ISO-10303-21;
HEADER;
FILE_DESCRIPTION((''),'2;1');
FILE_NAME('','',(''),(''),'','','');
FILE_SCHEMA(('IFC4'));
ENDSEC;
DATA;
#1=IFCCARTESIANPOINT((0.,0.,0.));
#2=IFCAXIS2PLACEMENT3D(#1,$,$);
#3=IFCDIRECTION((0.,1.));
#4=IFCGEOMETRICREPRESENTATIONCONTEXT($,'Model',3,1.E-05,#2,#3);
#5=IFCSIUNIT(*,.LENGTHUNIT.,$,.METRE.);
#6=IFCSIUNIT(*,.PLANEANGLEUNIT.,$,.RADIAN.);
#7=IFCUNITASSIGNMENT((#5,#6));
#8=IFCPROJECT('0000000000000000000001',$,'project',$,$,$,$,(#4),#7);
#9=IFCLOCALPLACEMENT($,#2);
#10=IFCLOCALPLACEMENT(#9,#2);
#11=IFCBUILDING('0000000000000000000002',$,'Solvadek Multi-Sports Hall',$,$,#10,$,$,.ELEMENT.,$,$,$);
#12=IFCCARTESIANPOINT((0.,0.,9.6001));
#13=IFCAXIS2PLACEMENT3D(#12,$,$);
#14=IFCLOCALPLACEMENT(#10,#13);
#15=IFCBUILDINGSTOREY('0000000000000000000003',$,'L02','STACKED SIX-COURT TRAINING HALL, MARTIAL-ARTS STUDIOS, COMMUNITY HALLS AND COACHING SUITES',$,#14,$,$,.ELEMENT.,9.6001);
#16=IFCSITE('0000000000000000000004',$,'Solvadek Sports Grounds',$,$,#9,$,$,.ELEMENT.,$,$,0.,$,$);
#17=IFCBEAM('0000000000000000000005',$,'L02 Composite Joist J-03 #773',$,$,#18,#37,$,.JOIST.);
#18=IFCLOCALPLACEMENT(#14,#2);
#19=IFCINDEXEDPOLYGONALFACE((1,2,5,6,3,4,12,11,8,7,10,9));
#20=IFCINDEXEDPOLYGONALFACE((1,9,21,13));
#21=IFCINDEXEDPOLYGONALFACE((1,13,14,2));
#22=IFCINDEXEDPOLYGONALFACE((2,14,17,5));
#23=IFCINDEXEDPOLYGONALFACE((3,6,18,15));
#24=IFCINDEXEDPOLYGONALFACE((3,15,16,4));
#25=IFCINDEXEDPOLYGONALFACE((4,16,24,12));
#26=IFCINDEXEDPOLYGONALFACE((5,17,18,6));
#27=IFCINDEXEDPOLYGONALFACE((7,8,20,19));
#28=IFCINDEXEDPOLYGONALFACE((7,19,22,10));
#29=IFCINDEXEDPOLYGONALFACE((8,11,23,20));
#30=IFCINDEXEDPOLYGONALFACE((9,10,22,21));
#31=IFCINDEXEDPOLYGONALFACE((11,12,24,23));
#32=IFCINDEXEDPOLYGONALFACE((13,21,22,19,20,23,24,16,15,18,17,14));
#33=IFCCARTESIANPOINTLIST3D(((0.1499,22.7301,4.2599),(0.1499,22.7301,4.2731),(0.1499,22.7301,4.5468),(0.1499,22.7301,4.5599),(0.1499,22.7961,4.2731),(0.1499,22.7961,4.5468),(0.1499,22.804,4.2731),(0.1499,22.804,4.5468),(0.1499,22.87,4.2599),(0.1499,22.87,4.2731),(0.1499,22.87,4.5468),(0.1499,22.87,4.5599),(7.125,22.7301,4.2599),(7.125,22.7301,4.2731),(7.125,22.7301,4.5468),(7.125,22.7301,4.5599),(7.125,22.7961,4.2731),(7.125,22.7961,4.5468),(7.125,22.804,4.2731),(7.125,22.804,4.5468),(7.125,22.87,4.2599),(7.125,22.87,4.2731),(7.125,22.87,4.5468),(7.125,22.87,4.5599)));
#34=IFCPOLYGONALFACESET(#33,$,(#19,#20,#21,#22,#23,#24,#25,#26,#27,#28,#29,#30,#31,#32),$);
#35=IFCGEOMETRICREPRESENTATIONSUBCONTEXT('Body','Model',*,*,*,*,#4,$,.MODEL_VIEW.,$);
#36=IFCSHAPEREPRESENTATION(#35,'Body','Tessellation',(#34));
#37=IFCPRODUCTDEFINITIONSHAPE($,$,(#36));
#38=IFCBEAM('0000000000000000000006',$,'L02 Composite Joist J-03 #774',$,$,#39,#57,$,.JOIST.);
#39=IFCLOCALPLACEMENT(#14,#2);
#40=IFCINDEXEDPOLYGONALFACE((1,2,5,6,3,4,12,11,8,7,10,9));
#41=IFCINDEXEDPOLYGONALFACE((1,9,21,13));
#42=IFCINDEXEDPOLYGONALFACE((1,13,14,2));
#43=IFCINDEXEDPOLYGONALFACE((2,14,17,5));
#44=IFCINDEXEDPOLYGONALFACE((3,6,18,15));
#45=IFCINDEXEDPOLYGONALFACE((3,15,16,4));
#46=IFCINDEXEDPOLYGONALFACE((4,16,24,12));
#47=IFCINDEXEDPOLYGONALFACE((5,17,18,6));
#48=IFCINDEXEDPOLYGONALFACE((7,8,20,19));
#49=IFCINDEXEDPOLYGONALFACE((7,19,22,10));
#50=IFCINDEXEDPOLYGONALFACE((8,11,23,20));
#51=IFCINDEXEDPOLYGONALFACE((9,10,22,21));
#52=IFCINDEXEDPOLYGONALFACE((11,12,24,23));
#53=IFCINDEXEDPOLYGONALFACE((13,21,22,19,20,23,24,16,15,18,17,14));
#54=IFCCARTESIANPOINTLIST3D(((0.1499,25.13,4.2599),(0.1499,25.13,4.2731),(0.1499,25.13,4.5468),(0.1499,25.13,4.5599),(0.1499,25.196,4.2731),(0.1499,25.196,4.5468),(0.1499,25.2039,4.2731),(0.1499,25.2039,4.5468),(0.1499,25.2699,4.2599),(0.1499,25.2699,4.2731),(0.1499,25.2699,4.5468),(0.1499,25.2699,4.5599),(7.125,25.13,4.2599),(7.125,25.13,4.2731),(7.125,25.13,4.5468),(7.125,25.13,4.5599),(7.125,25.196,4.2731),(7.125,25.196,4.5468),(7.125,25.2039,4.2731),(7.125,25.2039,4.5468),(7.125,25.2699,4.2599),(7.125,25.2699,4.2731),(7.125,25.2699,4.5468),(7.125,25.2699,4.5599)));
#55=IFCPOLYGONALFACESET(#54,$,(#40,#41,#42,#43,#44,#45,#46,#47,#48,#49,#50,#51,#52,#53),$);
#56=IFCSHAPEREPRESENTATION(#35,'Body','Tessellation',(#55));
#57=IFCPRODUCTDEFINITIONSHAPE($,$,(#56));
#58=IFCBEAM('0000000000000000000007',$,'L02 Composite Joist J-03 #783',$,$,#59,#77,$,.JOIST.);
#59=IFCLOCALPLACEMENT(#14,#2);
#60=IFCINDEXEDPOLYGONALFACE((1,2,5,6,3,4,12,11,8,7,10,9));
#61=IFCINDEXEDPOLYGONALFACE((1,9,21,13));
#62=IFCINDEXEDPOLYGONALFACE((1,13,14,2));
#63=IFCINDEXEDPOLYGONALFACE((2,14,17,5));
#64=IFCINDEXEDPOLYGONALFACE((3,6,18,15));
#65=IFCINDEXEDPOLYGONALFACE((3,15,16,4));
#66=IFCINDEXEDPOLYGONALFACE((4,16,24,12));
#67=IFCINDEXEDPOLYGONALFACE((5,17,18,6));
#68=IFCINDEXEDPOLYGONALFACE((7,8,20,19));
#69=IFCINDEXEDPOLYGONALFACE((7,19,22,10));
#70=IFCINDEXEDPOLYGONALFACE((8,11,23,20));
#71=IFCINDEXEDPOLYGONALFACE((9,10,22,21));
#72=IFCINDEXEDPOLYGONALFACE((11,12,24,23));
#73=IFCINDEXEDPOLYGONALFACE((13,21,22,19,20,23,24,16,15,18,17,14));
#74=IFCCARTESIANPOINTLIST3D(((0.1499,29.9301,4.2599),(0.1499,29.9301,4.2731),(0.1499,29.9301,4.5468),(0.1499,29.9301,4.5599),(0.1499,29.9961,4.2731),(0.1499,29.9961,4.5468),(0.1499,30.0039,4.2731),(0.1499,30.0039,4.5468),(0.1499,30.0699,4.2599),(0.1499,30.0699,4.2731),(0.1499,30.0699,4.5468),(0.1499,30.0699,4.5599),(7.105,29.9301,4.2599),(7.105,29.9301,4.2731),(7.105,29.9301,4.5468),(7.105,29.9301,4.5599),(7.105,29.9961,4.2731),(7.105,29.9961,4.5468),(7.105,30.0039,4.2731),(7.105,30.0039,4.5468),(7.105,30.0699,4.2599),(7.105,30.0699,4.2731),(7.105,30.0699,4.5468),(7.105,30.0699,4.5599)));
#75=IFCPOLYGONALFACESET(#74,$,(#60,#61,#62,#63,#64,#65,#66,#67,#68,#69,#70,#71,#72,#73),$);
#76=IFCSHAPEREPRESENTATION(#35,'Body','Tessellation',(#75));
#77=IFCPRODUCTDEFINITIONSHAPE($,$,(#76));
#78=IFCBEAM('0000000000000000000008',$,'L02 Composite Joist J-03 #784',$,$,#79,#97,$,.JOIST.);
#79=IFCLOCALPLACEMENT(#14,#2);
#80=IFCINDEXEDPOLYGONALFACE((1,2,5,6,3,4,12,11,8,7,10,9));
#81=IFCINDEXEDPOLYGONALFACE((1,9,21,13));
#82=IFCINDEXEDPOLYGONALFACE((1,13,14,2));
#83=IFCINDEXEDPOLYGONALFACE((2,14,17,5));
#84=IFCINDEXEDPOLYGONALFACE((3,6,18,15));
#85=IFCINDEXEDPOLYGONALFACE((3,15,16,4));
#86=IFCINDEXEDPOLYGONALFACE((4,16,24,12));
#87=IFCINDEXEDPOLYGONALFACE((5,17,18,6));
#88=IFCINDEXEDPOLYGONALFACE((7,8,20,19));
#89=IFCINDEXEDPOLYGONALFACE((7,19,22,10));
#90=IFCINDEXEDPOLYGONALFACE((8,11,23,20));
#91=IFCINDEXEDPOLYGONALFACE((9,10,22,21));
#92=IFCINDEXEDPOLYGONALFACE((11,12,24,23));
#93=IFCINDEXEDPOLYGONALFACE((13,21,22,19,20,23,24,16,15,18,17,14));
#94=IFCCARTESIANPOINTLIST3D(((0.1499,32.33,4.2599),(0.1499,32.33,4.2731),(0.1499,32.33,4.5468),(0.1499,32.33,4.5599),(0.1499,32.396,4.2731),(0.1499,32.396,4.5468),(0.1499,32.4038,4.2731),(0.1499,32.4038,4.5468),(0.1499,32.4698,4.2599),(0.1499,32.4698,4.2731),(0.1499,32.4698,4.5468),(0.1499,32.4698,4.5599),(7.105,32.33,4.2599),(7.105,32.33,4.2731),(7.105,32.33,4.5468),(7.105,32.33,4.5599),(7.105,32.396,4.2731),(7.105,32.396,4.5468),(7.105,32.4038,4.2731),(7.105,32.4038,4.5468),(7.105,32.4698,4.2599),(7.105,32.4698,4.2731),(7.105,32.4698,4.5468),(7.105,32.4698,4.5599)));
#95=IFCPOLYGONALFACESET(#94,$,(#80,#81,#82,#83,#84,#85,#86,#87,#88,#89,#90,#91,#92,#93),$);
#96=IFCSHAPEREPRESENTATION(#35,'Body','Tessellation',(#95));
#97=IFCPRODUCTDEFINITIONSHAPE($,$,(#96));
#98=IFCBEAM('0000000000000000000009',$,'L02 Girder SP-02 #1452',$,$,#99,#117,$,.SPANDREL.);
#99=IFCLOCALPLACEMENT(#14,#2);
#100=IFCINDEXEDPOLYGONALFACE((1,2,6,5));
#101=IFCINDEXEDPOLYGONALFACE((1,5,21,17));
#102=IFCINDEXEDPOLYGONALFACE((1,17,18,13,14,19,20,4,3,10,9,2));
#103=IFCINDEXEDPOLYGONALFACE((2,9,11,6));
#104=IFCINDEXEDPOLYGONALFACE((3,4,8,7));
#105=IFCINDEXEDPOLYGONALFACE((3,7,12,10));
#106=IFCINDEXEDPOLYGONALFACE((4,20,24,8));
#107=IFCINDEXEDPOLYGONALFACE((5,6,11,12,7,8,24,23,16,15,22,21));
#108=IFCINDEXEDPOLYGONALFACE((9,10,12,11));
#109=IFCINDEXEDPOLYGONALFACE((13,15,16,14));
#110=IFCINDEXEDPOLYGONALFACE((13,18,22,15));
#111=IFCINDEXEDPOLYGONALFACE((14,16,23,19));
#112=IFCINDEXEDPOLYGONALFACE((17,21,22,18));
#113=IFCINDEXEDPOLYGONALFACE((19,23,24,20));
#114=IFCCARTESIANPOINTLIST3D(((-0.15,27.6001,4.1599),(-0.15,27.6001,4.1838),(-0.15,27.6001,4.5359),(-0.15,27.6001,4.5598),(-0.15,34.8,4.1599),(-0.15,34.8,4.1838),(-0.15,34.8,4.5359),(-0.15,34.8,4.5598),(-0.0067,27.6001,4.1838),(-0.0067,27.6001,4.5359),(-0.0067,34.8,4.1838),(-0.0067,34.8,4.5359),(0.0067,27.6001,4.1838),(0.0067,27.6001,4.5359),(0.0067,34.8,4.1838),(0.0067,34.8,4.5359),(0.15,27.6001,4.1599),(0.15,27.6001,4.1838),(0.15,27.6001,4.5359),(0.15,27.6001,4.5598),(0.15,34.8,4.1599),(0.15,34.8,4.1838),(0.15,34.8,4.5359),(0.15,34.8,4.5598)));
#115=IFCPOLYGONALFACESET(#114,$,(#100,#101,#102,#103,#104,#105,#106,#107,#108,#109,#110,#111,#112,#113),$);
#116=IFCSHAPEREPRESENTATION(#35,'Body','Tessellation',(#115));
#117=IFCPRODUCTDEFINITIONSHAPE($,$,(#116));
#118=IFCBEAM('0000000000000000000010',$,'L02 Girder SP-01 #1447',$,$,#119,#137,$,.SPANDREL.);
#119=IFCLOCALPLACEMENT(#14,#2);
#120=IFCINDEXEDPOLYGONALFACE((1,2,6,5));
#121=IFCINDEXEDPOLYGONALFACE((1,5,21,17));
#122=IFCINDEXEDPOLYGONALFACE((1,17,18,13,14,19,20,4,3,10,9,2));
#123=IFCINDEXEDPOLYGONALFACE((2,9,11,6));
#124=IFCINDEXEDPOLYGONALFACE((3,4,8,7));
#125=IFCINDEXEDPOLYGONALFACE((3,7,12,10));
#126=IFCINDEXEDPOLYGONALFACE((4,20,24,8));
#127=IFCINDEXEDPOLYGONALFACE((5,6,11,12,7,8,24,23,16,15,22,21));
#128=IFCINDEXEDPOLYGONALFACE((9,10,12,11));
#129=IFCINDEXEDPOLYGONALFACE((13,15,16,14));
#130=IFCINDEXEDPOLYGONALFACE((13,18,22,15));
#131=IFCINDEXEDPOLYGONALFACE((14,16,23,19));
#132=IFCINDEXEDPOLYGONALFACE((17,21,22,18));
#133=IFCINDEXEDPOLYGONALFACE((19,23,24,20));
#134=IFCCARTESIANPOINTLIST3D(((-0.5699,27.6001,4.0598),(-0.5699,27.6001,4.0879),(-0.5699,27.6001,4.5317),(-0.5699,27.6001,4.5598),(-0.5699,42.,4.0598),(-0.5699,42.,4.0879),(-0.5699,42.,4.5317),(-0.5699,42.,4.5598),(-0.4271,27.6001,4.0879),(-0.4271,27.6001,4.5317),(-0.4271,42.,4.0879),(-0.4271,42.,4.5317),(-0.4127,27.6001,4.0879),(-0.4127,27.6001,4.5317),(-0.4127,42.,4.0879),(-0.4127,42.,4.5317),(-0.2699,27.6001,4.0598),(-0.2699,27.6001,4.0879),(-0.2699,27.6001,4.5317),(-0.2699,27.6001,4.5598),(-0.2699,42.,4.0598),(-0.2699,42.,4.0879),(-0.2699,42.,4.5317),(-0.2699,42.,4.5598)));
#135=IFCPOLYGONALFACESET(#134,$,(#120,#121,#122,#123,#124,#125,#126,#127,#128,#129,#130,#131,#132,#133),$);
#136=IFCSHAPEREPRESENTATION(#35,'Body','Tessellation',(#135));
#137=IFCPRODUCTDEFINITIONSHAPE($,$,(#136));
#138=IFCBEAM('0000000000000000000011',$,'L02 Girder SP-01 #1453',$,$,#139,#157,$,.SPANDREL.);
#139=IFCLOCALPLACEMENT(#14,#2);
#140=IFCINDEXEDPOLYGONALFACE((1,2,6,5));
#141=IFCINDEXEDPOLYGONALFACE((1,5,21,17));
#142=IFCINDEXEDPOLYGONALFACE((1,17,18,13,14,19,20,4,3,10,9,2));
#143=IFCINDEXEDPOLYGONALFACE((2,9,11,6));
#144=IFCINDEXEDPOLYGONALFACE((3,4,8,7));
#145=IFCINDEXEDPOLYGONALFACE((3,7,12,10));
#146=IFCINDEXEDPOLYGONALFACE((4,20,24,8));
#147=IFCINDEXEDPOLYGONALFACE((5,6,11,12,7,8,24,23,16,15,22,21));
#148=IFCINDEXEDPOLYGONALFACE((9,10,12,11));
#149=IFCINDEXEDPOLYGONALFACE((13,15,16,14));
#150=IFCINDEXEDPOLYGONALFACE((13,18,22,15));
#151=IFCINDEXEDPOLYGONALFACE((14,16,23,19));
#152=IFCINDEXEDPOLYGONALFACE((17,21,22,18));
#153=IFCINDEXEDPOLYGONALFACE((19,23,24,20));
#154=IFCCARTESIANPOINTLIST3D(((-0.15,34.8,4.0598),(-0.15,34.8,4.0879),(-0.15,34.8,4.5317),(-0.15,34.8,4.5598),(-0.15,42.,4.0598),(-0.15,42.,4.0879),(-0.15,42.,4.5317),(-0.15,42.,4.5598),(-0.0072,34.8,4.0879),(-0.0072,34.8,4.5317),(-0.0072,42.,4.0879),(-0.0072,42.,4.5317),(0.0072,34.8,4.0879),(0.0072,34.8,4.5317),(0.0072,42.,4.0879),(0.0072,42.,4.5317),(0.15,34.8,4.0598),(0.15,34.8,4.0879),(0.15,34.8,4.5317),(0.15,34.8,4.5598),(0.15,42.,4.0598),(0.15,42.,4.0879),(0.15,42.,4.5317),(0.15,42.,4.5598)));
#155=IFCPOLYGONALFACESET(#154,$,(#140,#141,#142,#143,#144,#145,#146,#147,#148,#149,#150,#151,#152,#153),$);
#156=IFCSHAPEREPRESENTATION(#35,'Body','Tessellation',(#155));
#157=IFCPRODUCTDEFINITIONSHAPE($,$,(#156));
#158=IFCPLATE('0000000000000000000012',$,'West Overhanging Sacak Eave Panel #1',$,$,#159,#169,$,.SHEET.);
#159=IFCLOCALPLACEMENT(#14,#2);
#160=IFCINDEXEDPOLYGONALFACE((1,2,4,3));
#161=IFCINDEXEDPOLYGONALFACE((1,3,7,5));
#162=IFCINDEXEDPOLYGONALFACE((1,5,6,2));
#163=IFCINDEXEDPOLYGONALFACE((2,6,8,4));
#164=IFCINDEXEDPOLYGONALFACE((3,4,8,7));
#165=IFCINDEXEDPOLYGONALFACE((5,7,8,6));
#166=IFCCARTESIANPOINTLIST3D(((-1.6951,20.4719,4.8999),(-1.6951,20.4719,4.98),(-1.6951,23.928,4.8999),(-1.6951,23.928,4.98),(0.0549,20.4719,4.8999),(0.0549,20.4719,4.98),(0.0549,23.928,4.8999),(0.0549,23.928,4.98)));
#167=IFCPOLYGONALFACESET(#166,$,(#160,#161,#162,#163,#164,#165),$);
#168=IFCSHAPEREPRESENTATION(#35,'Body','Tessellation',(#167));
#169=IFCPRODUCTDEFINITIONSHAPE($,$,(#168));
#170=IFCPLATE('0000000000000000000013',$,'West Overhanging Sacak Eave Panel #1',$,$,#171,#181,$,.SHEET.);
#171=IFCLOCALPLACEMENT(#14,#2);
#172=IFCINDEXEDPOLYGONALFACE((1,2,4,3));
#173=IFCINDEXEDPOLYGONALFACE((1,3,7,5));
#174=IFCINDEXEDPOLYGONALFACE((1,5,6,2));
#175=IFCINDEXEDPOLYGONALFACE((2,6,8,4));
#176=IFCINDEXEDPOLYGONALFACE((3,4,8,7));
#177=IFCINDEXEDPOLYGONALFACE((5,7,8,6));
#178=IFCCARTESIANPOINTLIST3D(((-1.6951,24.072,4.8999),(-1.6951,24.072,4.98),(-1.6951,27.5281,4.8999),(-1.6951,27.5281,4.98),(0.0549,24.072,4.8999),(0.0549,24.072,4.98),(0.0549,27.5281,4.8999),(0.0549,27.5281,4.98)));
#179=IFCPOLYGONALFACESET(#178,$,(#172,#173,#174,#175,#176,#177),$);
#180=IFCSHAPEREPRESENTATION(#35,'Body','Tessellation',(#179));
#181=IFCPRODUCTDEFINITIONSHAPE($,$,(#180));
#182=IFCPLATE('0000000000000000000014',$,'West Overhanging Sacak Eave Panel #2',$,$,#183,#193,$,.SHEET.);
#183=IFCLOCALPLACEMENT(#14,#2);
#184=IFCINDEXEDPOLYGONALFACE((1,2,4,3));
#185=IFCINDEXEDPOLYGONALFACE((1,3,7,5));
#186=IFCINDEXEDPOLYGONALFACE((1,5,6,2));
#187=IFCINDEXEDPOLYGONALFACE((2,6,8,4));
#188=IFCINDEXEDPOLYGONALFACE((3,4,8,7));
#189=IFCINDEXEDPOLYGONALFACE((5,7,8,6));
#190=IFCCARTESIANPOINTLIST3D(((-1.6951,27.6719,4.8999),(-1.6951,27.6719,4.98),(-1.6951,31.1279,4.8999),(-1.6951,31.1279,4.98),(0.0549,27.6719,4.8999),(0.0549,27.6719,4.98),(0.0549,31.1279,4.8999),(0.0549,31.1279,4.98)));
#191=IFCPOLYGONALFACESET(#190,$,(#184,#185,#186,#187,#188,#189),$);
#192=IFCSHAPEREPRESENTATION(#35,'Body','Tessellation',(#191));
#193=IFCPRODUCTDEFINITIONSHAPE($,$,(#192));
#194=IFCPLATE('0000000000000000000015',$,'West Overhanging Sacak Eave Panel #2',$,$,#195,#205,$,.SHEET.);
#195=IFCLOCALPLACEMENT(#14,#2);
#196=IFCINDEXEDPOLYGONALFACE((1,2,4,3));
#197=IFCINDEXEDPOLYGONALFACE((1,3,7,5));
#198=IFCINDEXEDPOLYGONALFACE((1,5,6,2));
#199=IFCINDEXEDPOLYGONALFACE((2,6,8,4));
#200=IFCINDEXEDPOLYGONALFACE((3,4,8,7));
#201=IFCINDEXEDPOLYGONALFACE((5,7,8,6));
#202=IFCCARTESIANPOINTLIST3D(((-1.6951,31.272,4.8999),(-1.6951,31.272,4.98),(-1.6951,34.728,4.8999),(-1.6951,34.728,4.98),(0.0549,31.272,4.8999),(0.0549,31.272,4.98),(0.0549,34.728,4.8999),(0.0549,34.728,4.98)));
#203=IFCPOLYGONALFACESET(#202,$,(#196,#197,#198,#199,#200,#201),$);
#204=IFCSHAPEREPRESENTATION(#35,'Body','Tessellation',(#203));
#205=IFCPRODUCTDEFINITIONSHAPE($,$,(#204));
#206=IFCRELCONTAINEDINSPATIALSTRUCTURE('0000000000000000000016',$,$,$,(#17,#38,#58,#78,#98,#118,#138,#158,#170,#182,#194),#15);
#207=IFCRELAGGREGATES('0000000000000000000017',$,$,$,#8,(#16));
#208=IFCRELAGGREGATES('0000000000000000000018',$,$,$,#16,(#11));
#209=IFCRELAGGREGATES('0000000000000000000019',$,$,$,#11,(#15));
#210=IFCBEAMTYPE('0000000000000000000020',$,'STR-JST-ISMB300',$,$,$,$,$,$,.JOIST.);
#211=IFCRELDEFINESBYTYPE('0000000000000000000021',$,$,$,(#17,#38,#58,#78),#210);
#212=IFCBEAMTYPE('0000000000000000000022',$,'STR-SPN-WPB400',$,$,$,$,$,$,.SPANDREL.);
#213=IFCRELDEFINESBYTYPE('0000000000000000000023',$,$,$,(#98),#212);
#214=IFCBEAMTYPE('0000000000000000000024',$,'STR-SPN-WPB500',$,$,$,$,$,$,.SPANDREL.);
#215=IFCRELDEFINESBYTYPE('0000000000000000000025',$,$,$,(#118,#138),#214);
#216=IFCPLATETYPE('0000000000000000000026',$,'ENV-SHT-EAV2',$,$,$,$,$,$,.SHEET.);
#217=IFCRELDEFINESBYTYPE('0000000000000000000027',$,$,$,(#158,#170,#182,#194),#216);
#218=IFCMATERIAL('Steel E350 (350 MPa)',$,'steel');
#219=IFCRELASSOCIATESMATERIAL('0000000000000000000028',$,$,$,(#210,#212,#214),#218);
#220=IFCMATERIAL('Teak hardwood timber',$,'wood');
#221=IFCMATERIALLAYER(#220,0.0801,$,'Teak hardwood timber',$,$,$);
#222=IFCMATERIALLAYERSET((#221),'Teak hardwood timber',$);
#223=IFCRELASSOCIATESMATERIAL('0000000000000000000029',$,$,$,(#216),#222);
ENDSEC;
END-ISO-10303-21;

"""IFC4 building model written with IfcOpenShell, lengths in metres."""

from ifc_helpers import new_model, si_unit, direction, frame, origin, origin_2d, place, context, subcontext, project, spatial, rectangle, i_section, extrude, material, layer, layer_set, material_profile, profile_set, type_object, element, save


model = new_model("IFC4")

# Units and contexts
model_context = context("Model", 3, precision=1e-05, world=origin(), true_north=direction((0.0, 1.0)))
body_context = subcontext(model_context, "Body", "Model", "MODEL_VIEW")
ifc_project = project(units=[si_unit("LENGTHUNIT", "METRE"), si_unit("PLANEANGLEUNIT", "RADIAN")], contexts=[model_context])

# Site, building, storey
site_placement = place(None, origin())
site = spatial("IfcSite", under=ifc_project, at=site_placement, Name="Solvadek Sports Grounds", CompositionType="ELEMENT", RefElevation=0.0)
building_placement = place(site_placement, origin())
building = spatial("IfcBuilding", under=site, at=building_placement, Name="Solvadek Multi-Sports Hall", CompositionType="ELEMENT")
storey_placement = place(building_placement, frame((0.0, 0.0, 9.6001)))
storey = spatial("IfcBuildingStorey", under=building, at=storey_placement, Name="L02", Description="STACKED SIX-COURT TRAINING HALL, MARTIAL-ARTS STUDIOS, COMMUNITY HALLS AND COACHING SUITES", CompositionType="ELEMENT", Elevation=9.6001)

# Shared definitions
ifc_material_1 = material(Name="Steel E350 (350 MPa)", Category="steel")

# Beams
ifc_material_profile_1 = material_profile(ifc_material_1, i_section(OverallWidth=0.1399, OverallDepth=0.3, WebThickness=0.0078, FlangeThickness=0.0132, at=origin_2d()), Name="ISMB 300")
ifc_profile_set_1 = profile_set([ifc_material_profile_1], Name="Steel E350 (350 MPa)")
beam_type_1 = type_object("IfcBeamType", Name="STR-JST-ISMB300", PredefinedType="JOIST", material=ifc_profile_set_1)
for number, where, z_axis, x_axis, name in (
    (1, (0.1499, 22.8, 4.4099), (1.0, 0.0, 0.0), (0.0, 1.0, 0.0), "L02 Composite Joist J-03 #773"),
    (2, (0.1499, 25.2, 4.4099), (1.0, 0.0, 0.0), (0.0, 1.0, 0.0), "L02 Composite Joist J-03 #774"),
):
    element("IfcBeam", number, at=place(storey_placement, frame(where, z_axis=z_axis, x_axis=x_axis)), inside=storey, type_object=beam_type_1, Name=name, PredefinedType="JOIST", context=body_context, shape_type="SweptSolid", body=[
        extrude(i_section(OverallWidth=0.1399, OverallDepth=0.3, WebThickness=0.0078, FlangeThickness=0.0132, at=origin_2d()), origin(), (0.0, 0.0, 1.0), 6.9751),
    ])
for number, where, z_axis, x_axis, name in (
    (3, (0.1499, 30.0, 4.4099), (1.0, 0.0, 0.0), (0.0, 1.0, 0.0), "L02 Composite Joist J-03 #783"),
    (4, (0.1499, 32.3999, 4.4099), (1.0, 0.0, 0.0), (0.0, 1.0, 0.0), "L02 Composite Joist J-03 #784"),
):
    element("IfcBeam", number, at=place(storey_placement, frame(where, z_axis=z_axis, x_axis=x_axis)), inside=storey, type_object=beam_type_1, Name=name, PredefinedType="JOIST", context=body_context, shape_type="SweptSolid", body=[
        extrude(i_section(OverallWidth=0.1399, OverallDepth=0.3, WebThickness=0.0078, FlangeThickness=0.0132, at=origin_2d()), origin(), (0.0, 0.0, 1.0), 6.9551),
    ])
ifc_material_profile_2 = material_profile(ifc_material_1, i_section(OverallWidth=0.3, OverallDepth=0.3999, WebThickness=0.0134, FlangeThickness=0.0239, at=origin_2d()), Name="WPB 400")
ifc_profile_set_2 = profile_set([ifc_material_profile_2], Name="Steel E350 (350 MPa)")
beam_type_2 = type_object("IfcBeamType", Name="STR-SPN-WPB400", PredefinedType="SPANDREL", material=ifc_profile_set_2)
beam_1_placement = place(storey_placement, frame((0.0, 27.6001, 4.3599), z_axis=(0.0, 1.0, 0.0), x_axis=(-1.0, 0.0, 0.0)))
element("IfcBeam", 5, at=beam_1_placement, inside=storey, type_object=beam_type_2, Name="L02 Girder SP-02 #1452", PredefinedType="SPANDREL", context=body_context, shape_type="SweptSolid", body=[
    extrude(i_section(OverallWidth=0.3, OverallDepth=0.3999, WebThickness=0.0134, FlangeThickness=0.0239, at=origin_2d()), origin(), (0.0, 0.0, 1.0), 7.2),
])
ifc_material_profile_3 = material_profile(ifc_material_1, i_section(OverallWidth=0.3, OverallDepth=0.5, WebThickness=0.0144, FlangeThickness=0.0281, at=origin_2d()), Name="WPB 500")
ifc_profile_set_3 = profile_set([ifc_material_profile_3], Name="Steel E350 (350 MPa)")
beam_type_3 = type_object("IfcBeamType", Name="STR-SPN-WPB500", PredefinedType="SPANDREL", material=ifc_profile_set_3)
beam_2_placement = place(storey_placement, frame((-0.4199, 27.6001, 4.3098), z_axis=(0.0, 1.0, 0.0), x_axis=(-1.0, 0.0, 0.0)))
element("IfcBeam", 6, at=beam_2_placement, inside=storey, type_object=beam_type_3, Name="L02 Girder SP-01 #1447", PredefinedType="SPANDREL", context=body_context, shape_type="SweptSolid", body=[
    extrude(i_section(OverallWidth=0.3, OverallDepth=0.5, WebThickness=0.0144, FlangeThickness=0.0281, at=origin_2d()), origin(), (0.0, 0.0, 1.0), 14.3999),
])
beam_3_placement = place(storey_placement, frame((0.0, 34.8, 4.3098), z_axis=(0.0, 1.0, 0.0), x_axis=(-1.0, 0.0, 0.0)))
element("IfcBeam", 7, at=beam_3_placement, inside=storey, type_object=beam_type_3, Name="L02 Girder SP-01 #1453", PredefinedType="SPANDREL", context=body_context, shape_type="SweptSolid", body=[
    extrude(i_section(OverallWidth=0.3, OverallDepth=0.5, WebThickness=0.0144, FlangeThickness=0.0281, at=origin_2d()), origin(), (0.0, 0.0, 1.0), 7.2),
])

# Plates
ifc_material_2 = material(Name="Teak hardwood timber", Category="wood")
ifc_layer_1 = layer(ifc_material_2, 0.0801, Name="Teak hardwood timber")
ifc_layer_set_1 = layer_set([ifc_layer_1], Name="Teak hardwood timber")
plate_type = type_object("IfcPlateType", Name="ENV-SHT-EAV2", PredefinedType="SHEET", material=ifc_layer_set_1)
for number, where, z_axis, x_axis, name in (
    (8, (-0.8201, 22.2, 4.8999), (0.0, 0.0, 1.0), (1.0, 0.0, 0.0), "West Overhanging Sacak Eave Panel #1"),
    (9, (-0.8201, 25.8, 4.8999), (0.0, 0.0, 1.0), (1.0, 0.0, 0.0), "West Overhanging Sacak Eave Panel #1"),
    (10, (-0.8201, 29.3999, 4.8999), (0.0, 0.0, 1.0), (1.0, 0.0, 0.0), "West Overhanging Sacak Eave Panel #2"),
    (11, (-0.8201, 33.0, 4.8999), (0.0, 0.0, 1.0), (1.0, 0.0, 0.0), "West Overhanging Sacak Eave Panel #2"),
):
    element("IfcPlate", number, at=place(storey_placement, frame(where, z_axis=z_axis, x_axis=x_axis)), inside=storey, type_object=plate_type, Name=name, PredefinedType="SHEET", context=body_context, shape_type="SweptSolid", body=[
        extrude(rectangle(XDim=1.75, YDim=3.4561, at=origin_2d()), origin(), (0.0, 0.0, 1.0), 0.0801),
    ])

save(model, "model.ifc")
